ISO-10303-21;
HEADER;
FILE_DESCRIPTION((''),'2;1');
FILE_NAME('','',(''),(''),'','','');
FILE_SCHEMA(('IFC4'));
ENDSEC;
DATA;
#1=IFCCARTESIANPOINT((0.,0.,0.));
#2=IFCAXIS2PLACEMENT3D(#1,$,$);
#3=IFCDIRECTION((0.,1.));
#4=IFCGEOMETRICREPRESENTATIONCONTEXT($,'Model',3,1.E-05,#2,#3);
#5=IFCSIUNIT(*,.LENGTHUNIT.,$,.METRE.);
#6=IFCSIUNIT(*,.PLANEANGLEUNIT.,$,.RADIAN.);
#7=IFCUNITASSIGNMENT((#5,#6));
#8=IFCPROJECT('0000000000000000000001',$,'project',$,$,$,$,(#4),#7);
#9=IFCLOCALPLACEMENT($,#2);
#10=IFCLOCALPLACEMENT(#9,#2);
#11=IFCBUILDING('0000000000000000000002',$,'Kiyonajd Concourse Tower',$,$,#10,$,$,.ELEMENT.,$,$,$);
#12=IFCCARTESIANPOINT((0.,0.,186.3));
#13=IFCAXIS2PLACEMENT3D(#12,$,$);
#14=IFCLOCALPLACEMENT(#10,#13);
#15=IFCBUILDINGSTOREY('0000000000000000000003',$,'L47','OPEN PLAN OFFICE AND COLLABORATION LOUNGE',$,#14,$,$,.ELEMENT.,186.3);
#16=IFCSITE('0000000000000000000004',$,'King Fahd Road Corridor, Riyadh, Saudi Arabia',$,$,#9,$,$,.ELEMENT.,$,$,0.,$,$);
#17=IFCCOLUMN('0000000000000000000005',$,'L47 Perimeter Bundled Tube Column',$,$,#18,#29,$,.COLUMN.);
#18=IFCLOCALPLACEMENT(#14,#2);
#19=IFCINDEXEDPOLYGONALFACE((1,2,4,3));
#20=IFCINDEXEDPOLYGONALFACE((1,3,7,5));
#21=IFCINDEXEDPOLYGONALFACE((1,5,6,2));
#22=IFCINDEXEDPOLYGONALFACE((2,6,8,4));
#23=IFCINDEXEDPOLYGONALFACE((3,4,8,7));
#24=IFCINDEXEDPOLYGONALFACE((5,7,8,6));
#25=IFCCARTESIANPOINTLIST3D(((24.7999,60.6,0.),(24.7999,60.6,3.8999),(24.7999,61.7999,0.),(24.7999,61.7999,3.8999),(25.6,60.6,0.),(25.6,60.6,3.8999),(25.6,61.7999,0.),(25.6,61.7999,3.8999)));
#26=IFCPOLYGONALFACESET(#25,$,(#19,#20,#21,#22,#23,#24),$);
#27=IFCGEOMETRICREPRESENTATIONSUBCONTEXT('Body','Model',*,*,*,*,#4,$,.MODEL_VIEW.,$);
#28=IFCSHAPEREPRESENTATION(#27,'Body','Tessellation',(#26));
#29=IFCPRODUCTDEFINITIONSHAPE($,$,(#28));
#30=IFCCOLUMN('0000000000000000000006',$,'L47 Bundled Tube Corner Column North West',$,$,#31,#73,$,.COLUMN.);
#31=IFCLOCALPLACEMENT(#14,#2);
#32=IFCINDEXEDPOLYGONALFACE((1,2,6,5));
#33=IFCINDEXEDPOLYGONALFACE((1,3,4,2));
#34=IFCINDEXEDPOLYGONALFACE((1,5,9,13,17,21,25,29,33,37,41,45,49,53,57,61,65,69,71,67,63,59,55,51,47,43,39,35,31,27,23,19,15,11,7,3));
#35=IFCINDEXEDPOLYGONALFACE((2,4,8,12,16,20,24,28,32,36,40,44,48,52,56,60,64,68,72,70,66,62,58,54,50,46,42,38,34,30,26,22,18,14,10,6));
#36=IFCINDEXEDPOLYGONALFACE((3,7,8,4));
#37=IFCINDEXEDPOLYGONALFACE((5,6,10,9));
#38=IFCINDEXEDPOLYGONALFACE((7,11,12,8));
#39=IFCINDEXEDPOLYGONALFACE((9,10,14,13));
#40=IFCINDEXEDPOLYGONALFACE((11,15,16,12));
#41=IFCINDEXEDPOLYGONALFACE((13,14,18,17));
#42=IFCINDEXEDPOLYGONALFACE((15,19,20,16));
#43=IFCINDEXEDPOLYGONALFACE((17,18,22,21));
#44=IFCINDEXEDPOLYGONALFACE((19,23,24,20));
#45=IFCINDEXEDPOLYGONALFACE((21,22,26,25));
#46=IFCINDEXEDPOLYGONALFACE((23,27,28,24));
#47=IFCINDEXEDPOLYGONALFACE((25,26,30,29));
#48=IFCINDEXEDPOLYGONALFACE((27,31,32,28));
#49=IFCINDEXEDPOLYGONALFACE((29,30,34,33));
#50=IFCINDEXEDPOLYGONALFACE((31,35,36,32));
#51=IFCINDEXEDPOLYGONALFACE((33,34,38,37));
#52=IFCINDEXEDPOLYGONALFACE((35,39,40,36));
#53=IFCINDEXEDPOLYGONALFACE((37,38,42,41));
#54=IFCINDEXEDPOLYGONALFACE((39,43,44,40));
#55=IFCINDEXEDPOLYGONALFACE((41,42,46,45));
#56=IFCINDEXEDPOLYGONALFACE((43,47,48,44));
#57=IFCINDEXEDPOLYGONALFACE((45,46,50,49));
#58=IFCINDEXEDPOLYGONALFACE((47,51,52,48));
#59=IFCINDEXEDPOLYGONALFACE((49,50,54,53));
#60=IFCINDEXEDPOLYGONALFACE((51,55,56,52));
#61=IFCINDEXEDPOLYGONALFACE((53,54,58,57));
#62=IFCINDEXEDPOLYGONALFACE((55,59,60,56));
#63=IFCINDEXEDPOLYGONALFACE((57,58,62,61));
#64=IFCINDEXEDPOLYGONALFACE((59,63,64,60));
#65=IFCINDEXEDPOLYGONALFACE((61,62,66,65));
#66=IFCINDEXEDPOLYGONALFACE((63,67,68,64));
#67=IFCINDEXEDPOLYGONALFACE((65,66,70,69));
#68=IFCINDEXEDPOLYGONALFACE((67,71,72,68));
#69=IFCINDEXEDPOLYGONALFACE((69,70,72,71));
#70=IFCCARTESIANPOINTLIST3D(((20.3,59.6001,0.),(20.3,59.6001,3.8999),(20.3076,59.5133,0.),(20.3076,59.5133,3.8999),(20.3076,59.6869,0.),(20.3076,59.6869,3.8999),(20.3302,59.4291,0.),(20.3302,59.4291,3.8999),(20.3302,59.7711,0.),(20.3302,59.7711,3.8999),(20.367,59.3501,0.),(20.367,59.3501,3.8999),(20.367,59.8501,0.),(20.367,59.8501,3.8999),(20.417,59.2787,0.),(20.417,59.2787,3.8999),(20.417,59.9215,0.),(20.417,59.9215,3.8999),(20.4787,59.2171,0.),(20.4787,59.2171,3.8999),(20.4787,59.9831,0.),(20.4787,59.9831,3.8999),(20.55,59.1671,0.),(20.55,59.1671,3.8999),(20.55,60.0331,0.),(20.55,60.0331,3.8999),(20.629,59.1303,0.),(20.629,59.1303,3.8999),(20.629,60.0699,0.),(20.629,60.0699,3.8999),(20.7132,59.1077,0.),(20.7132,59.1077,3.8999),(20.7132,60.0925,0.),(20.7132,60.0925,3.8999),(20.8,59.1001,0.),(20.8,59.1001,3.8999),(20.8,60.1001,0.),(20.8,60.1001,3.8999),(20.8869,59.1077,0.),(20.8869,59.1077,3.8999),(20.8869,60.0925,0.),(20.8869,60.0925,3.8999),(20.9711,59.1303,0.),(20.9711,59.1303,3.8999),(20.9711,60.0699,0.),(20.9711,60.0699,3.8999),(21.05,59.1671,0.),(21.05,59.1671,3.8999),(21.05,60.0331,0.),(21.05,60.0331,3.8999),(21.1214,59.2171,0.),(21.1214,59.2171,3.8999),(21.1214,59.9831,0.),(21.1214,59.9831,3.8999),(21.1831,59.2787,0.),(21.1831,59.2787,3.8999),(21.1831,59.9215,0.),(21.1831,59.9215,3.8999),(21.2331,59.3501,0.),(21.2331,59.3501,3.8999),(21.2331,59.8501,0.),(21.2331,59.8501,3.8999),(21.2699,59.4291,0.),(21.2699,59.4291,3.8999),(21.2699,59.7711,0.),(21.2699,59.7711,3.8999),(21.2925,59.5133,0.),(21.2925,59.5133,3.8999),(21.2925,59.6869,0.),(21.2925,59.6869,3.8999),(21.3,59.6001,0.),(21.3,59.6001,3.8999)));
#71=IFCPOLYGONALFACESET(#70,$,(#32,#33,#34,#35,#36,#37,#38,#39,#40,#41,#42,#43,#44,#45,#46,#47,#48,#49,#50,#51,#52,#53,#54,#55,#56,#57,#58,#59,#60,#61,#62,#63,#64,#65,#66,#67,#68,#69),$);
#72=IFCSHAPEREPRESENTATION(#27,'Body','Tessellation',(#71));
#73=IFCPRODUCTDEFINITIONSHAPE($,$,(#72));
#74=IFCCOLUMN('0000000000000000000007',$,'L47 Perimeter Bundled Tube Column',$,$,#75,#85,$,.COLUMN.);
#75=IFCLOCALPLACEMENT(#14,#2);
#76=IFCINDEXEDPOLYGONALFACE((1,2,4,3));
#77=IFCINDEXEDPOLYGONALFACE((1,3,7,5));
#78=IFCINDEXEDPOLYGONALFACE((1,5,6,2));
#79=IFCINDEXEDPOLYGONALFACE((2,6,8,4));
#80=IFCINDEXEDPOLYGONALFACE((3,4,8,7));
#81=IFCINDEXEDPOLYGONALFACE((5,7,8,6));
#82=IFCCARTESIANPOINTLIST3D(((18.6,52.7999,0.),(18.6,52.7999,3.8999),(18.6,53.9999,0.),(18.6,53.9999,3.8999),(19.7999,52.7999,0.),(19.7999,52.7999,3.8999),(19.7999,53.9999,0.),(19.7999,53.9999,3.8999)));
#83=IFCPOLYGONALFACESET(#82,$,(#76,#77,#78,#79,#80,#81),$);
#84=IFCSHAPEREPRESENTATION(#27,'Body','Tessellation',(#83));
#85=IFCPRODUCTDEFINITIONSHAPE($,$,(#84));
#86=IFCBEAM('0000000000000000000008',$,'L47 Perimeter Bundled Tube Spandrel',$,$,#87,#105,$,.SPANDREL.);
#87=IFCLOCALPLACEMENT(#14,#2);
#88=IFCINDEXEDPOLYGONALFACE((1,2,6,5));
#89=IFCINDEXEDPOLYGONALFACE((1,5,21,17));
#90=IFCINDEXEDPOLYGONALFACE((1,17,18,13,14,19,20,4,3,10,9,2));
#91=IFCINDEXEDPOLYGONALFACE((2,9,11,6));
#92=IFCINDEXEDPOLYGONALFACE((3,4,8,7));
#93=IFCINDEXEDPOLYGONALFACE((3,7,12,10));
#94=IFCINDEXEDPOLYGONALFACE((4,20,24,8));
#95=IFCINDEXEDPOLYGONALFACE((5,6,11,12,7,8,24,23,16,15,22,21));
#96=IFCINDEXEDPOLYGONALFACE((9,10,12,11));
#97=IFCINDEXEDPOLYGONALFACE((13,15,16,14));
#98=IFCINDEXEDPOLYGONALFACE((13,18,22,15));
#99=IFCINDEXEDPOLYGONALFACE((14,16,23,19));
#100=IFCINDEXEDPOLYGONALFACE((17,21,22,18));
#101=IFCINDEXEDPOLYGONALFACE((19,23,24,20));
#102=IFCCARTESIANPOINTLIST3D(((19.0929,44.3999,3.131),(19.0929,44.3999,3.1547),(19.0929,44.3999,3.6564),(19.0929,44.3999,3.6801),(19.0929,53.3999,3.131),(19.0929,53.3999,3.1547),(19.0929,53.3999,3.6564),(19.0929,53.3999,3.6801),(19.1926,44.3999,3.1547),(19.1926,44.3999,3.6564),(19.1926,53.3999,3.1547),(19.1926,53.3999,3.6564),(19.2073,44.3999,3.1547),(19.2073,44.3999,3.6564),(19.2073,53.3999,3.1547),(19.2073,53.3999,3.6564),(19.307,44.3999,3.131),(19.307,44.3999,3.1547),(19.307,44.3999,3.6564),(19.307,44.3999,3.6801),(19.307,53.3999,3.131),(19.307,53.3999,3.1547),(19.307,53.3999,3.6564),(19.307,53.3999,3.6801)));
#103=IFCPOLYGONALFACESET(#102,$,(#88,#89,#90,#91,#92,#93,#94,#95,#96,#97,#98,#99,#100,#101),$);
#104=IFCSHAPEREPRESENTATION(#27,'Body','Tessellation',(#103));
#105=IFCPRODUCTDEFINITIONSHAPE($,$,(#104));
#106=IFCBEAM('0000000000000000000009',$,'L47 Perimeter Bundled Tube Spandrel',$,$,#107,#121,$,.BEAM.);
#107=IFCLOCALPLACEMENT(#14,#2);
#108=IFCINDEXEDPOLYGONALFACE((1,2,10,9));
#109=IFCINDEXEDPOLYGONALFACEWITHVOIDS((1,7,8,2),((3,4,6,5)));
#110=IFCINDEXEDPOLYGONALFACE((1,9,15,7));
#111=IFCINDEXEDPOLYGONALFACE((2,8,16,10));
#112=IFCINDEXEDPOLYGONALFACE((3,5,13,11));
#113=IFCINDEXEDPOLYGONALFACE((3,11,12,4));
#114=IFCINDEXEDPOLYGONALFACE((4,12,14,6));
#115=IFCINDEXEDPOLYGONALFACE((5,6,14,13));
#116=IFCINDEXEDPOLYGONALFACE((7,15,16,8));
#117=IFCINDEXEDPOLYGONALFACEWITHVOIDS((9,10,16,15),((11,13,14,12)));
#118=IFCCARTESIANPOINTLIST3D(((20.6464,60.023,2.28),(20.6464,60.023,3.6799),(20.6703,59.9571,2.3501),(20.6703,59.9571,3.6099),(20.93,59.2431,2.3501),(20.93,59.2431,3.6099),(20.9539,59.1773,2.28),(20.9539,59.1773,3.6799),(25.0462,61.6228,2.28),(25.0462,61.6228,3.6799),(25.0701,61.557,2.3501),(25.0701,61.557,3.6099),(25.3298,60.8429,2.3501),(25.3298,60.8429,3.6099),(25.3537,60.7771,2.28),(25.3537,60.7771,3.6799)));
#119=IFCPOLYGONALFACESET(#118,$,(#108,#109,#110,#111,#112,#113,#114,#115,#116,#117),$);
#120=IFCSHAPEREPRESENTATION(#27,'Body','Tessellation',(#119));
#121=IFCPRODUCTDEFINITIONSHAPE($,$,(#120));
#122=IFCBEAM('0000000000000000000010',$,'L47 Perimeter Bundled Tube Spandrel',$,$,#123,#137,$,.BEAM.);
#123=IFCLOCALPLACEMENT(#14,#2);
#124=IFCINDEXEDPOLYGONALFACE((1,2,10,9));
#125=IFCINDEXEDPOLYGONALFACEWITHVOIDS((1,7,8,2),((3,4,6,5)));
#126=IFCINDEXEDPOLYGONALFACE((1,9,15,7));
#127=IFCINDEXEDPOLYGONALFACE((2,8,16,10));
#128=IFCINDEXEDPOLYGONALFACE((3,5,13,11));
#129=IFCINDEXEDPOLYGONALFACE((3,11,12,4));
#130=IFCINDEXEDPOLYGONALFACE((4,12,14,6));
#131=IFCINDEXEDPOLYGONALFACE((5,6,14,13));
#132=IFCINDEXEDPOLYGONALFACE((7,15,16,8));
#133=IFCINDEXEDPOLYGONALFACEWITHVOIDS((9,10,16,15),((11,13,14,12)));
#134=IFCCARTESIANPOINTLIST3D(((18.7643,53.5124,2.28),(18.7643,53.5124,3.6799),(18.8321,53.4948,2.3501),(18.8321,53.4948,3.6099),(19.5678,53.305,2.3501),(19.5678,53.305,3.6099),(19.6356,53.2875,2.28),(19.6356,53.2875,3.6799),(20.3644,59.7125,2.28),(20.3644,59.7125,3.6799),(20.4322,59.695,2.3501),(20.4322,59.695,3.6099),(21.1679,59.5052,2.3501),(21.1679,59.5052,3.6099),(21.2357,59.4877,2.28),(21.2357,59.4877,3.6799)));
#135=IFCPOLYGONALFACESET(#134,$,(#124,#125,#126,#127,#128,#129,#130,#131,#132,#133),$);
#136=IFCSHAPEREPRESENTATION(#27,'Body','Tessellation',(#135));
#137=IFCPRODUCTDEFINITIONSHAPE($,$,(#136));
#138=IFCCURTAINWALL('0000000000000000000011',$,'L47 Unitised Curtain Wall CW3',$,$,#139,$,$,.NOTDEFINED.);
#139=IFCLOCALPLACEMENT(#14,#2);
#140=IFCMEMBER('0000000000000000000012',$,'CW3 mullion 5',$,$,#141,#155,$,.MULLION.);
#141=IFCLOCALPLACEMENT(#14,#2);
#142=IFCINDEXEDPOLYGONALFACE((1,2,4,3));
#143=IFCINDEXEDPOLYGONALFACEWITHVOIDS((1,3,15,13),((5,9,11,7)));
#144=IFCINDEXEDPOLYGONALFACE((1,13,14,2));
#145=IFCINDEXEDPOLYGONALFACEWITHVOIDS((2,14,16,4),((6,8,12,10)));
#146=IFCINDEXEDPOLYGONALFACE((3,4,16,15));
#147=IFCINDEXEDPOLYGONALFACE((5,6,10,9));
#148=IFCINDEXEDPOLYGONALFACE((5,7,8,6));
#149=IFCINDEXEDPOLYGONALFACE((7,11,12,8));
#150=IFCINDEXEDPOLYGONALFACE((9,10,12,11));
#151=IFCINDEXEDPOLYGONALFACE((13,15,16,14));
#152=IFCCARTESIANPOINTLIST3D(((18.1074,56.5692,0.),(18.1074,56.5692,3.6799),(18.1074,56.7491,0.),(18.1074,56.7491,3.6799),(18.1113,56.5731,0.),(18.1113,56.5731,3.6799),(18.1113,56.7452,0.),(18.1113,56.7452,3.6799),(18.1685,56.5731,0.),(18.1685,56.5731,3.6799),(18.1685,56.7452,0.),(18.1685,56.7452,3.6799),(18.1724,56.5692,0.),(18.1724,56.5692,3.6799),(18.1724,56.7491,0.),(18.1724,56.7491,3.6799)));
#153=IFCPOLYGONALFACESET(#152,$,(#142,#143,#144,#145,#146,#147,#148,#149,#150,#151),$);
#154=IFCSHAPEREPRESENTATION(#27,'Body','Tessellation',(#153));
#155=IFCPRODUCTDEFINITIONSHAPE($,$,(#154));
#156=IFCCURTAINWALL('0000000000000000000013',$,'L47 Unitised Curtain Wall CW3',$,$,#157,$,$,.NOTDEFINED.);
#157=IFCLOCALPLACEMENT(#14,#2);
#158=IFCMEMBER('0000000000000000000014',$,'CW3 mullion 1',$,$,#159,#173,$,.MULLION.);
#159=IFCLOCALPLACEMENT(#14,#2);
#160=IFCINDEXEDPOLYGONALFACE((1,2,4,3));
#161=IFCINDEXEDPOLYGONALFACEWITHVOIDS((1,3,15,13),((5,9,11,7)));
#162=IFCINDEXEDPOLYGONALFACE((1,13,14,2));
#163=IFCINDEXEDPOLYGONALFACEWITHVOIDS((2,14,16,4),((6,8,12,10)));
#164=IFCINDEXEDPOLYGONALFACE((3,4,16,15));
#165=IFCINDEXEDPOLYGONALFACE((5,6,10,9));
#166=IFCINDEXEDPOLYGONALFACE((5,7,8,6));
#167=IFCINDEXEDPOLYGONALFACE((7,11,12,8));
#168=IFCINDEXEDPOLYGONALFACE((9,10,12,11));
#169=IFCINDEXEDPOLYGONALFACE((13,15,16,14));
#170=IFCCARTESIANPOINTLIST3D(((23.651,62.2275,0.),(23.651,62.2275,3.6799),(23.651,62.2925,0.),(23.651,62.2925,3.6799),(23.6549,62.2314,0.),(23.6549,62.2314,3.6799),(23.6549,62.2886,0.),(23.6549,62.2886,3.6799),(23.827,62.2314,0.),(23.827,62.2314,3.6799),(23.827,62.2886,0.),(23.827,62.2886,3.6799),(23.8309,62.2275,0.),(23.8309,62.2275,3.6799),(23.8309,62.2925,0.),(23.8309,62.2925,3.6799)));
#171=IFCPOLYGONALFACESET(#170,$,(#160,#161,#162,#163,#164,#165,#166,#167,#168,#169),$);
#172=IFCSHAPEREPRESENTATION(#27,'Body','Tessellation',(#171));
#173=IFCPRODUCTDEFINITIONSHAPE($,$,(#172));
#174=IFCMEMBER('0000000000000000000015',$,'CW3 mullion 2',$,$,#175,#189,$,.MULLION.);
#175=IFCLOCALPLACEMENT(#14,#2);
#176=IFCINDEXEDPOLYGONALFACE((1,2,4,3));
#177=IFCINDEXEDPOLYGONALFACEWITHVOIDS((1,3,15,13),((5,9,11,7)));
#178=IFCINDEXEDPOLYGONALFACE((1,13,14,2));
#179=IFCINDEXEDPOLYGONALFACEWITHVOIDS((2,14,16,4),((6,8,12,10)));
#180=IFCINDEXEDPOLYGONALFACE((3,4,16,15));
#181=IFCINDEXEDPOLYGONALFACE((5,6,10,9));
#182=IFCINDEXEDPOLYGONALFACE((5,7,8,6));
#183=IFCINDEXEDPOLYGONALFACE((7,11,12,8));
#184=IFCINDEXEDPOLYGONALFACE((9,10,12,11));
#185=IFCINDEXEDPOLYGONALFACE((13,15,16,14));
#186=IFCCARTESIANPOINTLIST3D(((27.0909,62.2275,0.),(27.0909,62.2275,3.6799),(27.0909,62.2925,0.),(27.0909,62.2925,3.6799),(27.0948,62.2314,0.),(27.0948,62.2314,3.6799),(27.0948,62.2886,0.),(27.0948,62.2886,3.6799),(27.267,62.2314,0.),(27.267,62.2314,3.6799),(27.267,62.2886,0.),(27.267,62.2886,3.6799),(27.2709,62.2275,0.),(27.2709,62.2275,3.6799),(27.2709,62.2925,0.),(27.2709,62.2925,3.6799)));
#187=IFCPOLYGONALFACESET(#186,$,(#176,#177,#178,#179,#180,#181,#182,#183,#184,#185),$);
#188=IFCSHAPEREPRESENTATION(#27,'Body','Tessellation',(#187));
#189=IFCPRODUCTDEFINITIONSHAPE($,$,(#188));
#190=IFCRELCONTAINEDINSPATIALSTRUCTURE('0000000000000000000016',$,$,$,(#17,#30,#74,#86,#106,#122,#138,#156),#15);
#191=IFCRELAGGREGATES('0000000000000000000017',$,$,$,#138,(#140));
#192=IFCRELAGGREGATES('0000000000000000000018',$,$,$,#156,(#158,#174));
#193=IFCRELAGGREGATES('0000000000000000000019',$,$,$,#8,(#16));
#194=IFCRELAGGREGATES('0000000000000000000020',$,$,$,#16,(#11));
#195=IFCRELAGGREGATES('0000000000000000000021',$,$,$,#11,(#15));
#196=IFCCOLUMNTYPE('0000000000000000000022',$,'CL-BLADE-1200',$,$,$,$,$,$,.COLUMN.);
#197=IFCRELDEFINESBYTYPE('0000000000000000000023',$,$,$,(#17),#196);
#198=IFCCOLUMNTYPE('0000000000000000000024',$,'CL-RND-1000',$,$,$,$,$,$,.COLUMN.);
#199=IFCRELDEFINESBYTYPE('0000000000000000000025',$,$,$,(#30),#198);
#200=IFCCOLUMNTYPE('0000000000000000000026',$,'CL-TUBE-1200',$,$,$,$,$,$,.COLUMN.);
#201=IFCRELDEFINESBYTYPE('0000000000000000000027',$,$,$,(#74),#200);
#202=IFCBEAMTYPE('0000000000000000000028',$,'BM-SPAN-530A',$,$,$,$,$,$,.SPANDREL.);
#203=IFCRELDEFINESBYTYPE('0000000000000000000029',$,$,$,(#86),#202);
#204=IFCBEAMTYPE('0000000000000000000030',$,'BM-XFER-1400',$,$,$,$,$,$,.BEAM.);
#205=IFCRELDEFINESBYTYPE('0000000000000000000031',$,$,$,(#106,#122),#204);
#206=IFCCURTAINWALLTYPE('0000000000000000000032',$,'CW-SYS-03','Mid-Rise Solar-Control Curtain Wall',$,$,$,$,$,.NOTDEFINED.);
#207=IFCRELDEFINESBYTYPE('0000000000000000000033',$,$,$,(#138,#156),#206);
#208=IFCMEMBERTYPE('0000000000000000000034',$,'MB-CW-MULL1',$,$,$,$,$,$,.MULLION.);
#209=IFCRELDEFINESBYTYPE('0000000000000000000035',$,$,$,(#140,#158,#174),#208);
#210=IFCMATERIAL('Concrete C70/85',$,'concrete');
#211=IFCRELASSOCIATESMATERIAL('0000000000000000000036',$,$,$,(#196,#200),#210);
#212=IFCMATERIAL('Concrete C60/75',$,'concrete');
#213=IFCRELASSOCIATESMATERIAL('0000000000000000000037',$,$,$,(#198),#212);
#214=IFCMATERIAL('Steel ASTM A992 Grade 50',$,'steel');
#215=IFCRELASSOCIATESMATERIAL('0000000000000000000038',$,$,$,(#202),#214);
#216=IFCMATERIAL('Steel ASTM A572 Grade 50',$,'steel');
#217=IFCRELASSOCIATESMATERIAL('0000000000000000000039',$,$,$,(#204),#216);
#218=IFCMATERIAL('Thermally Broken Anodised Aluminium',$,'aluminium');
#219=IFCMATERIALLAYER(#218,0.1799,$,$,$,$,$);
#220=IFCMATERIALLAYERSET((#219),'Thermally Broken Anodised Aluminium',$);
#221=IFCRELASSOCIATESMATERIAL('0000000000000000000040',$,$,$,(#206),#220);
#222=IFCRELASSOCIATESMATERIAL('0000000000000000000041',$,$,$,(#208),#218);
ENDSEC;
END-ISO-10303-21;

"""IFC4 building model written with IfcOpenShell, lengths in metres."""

from ifc_helpers import new_model, si_unit, direction, frame, origin, origin_2d, place, context, subcontext, project, spatial, rectangle, hollow_rectangle, circle, i_section, extrude, material, layer, layer_set, material_profile, profile_set, type_object, element, aggregate, save


model = new_model("IFC4")

# Units and contexts
model_context = context("Model", 3, precision=1e-05, world=origin(), true_north=direction((0.0, 1.0)))
body_context = subcontext(model_context, "Body", "Model", "MODEL_VIEW")
ifc_project = project(units=[si_unit("LENGTHUNIT", "METRE"), si_unit("PLANEANGLEUNIT", "RADIAN")], contexts=[model_context])

# Site, building, storey
site_placement = place(None, origin())
site = spatial("IfcSite", under=ifc_project, at=site_placement, Name="King Fahd Road Corridor, Riyadh, Saudi Arabia", CompositionType="ELEMENT", RefElevation=0.0)
building_placement = place(site_placement, origin())
building = spatial("IfcBuilding", under=site, at=building_placement, Name="Kiyonajd Concourse Tower", CompositionType="ELEMENT")
storey_placement = place(building_placement, frame((0.0, 0.0, 186.3)))
storey = spatial("IfcBuildingStorey", under=building, at=storey_placement, Name="L47", Description="OPEN PLAN OFFICE AND COLLABORATION LOUNGE", CompositionType="ELEMENT", Elevation=186.3)

# Columns
ifc_material_1 = material(Name="Concrete C70/85", Category="concrete")
ifc_material_profile_1 = material_profile(ifc_material_1, rectangle(XDim=0.8, YDim=1.2, at=origin_2d()), Name="RC-1200x800")
ifc_profile_set_1 = profile_set([ifc_material_profile_1], Name="Concrete C70/85")
column_type_1 = type_object("IfcColumnType", Name="CL-BLADE-1200", PredefinedType="COLUMN", material=ifc_profile_set_1)
column_1_placement = place(storey_placement, frame((25.2, 61.2, 0.0), z_axis=(0.0, 0.0, 1.0), x_axis=(1.0, 0.0, 0.0)))
element("IfcColumn", 1, at=column_1_placement, inside=storey, type_object=column_type_1, Name="L47 Perimeter Bundled Tube Column", PredefinedType="COLUMN", context=body_context, shape_type="SweptSolid", body=[
    extrude(rectangle(XDim=0.8, YDim=1.2, at=origin_2d()), origin(), (0.0, 0.0, 1.0), 3.8999),
])
ifc_material_2 = material(Name="Concrete C60/75", Category="concrete")
ifc_material_profile_2 = material_profile(ifc_material_2, circle(Radius=0.5, at=origin_2d()), Name="RCC-D1000")
ifc_profile_set_2 = profile_set([ifc_material_profile_2], Name="Concrete C60/75")
column_type_2 = type_object("IfcColumnType", Name="CL-RND-1000", PredefinedType="COLUMN", material=ifc_profile_set_2)
column_2_placement = place(storey_placement, frame((20.8, 59.6001, 0.0), z_axis=(0.0, 0.0, 1.0), x_axis=(1.0, 0.0, 0.0)))
element("IfcColumn", 2, at=column_2_placement, inside=storey, type_object=column_type_2, Name="L47 Bundled Tube Corner Column North West", PredefinedType="COLUMN", context=body_context, shape_type="SweptSolid", body=[
    extrude(circle(Radius=0.5, at=origin_2d()), origin(), (0.0, 0.0, 1.0), 3.8999),
])
ifc_material_profile_3 = material_profile(ifc_material_1, rectangle(XDim=1.2, YDim=1.2, at=origin_2d()), Name="RC-1200x1200")
ifc_profile_set_3 = profile_set([ifc_material_profile_3], Name="Concrete C70/85")
column_type_3 = type_object("IfcColumnType", Name="CL-TUBE-1200", PredefinedType="COLUMN", material=ifc_profile_set_3)
column_3_placement = place(storey_placement, frame((19.2, 53.3999, 0.0), z_axis=(0.0, 0.0, 1.0), x_axis=(1.0, 0.0, 0.0)))
element("IfcColumn", 3, at=column_3_placement, inside=storey, type_object=column_type_3, Name="L47 Perimeter Bundled Tube Column", PredefinedType="COLUMN", context=body_context, shape_type="SweptSolid", body=[
    extrude(rectangle(XDim=1.2, YDim=1.2, at=origin_2d()), origin(), (0.0, 0.0, 1.0), 3.8999),
])

# Beams
ifc_material_3 = material(Name="Steel ASTM A992 Grade 50", Category="steel")
ifc_material_profile_4 = material_profile(ifc_material_3, i_section(OverallWidth=0.2141, OverallDepth=0.5491, WebThickness=0.0146, FlangeThickness=0.0237, at=origin_2d()), Name="W530X138")
ifc_profile_set_4 = profile_set([ifc_material_profile_4], Name="Steel ASTM A992 Grade 50")
beam_type_1 = type_object("IfcBeamType", Name="BM-SPAN-530A", PredefinedType="SPANDREL", material=ifc_profile_set_4)
beam_1_placement = place(storey_placement, frame((19.2, 53.3999, 3.4055), z_axis=(0.0, -1.0, 0.0), x_axis=(1.0, 0.0, 0.0)))
element("IfcBeam", 4, at=beam_1_placement, inside=storey, type_object=beam_type_1, Name="L47 Perimeter Bundled Tube Spandrel", PredefinedType="SPANDREL", context=body_context, shape_type="SweptSolid", body=[
    extrude(i_section(OverallWidth=0.2141, OverallDepth=0.5491, WebThickness=0.0146, FlangeThickness=0.0237, at=origin_2d()), origin(), (0.0, 0.0, 1.0), 9.0),
])
ifc_material_4 = material(Name="Steel ASTM A572 Grade 50", Category="steel")
ifc_material_profile_5 = material_profile(ifc_material_4, hollow_rectangle(XDim=0.8999, YDim=1.3999, WallThickness=0.0701, at=origin_2d()), Name="BOX-1400x900x70")
ifc_profile_set_5 = profile_set([ifc_material_profile_5], Name="Steel ASTM A572 Grade 50")
beam_type_2 = type_object("IfcBeamType", Name="BM-XFER-1400", PredefinedType="BEAM", material=ifc_profile_set_5)
beam_2_placement = place(storey_placement, frame((25.2, 61.2, 2.98), z_axis=(-0.939801, -0.341722, 0.0), x_axis=(0.341722, -0.939801, 0.0)))
element("IfcBeam", 5, at=beam_2_placement, inside=storey, type_object=beam_type_2, Name="L47 Perimeter Bundled Tube Spandrel", PredefinedType="BEAM", context=body_context, shape_type="SweptSolid", body=[
    extrude(hollow_rectangle(XDim=0.8999, YDim=1.3999, WallThickness=0.0701, at=origin_2d()), origin(), (0.0, 0.0, 1.0), 4.6816),
])
beam_3_placement = place(storey_placement, frame((20.8, 59.6001, 2.98), z_axis=(-0.249885, -0.968276, 0.0), x_axis=(0.968276, -0.249885, 0.0)))
element("IfcBeam", 6, at=beam_3_placement, inside=storey, type_object=beam_type_2, Name="L47 Perimeter Bundled Tube Spandrel", PredefinedType="BEAM", context=body_context, shape_type="SweptSolid", body=[
    extrude(hollow_rectangle(XDim=0.8999, YDim=1.3999, WallThickness=0.0701, at=origin_2d()), origin(), (0.0, 0.0, 1.0), 6.4033),
])

# Curtain wall, member
ifc_material_5 = material(Name="Thermally Broken Anodised Aluminium", Category="aluminium")
ifc_layer_1 = layer(ifc_material_5, 0.1799)
ifc_layer_set_1 = layer_set([ifc_layer_1], Name="Thermally Broken Anodised Aluminium")
curtain_wall_type = type_object("IfcCurtainWallType", Name="CW-SYS-03", Description="Mid-Rise Solar-Control Curtain Wall", PredefinedType="NOTDEFINED", material=ifc_layer_set_1)
curtain_wall_1_placement = place(storey_placement, origin())
curtain_wall_1 = element("IfcCurtainWall", 7, at=curtain_wall_1_placement, inside=storey, type_object=curtain_wall_type, Name="L47 Unitised Curtain Wall CW3", PredefinedType="NOTDEFINED")
ifc_material_profile_6 = material_profile(ifc_material_5, hollow_rectangle(XDim=0.0649, YDim=0.1799, WallThickness=0.0039, at=origin_2d()), Name="MULL-65x180")
ifc_profile_set_6 = profile_set([ifc_material_profile_6], Name="Thermally Broken Anodised Aluminium")
member_type_1 = type_object("IfcMemberType", Name="MB-CW-MULL1", PredefinedType="MULLION", material=ifc_profile_set_6)
member_1_placement = place(storey_placement, frame((18.1399, 56.6592, 0.0), z_axis=(0.0, 0.0, 1.0), x_axis=(-1.0, 0.0, 0.0)))
member_1 = element("IfcMember", 8, at=member_1_placement, type_object=member_type_1, Name="CW3 mullion 5", PredefinedType="MULLION", context=body_context, shape_type="SweptSolid", body=[
    extrude(hollow_rectangle(XDim=0.0649, YDim=0.1799, WallThickness=0.0039, at=origin_2d()), origin(), (0.0, 0.0, 1.0), 3.6799),
])

# Curtain wall, members
curtain_wall_2_placement = place(storey_placement, origin())
curtain_wall_2 = element("IfcCurtainWall", 9, at=curtain_wall_2_placement, inside=storey, type_object=curtain_wall_type, Name="L47 Unitised Curtain Wall CW3", PredefinedType="NOTDEFINED")
member_2_placement = place(storey_placement, frame((23.741, 62.26, 0.0), z_axis=(0.0, 0.0, 1.0), x_axis=(0.0, 1.0, 0.0)))
member_2 = element("IfcMember", 10, at=member_2_placement, type_object=member_type_1, Name="CW3 mullion 1", PredefinedType="MULLION", context=body_context, shape_type="SweptSolid", body=[
    extrude(hollow_rectangle(XDim=0.0649, YDim=0.1799, WallThickness=0.0039, at=origin_2d()), origin(), (0.0, 0.0, 1.0), 3.6799),
])
member_3_placement = place(storey_placement, frame((27.1809, 62.26, 0.0), z_axis=(0.0, 0.0, 1.0), x_axis=(0.0, 1.0, 0.0)))
member_3 = element("IfcMember", 11, at=member_3_placement, type_object=member_type_1, Name="CW3 mullion 2", PredefinedType="MULLION", context=body_context, shape_type="SweptSolid", body=[
    extrude(hollow_rectangle(XDim=0.0649, YDim=0.1799, WallThickness=0.0039, at=origin_2d()), origin(), (0.0, 0.0, 1.0), 3.6799),
])

aggregate(curtain_wall_1, [member_1])
aggregate(curtain_wall_2, [member_2, member_3])

save(model, "model.ifc")
